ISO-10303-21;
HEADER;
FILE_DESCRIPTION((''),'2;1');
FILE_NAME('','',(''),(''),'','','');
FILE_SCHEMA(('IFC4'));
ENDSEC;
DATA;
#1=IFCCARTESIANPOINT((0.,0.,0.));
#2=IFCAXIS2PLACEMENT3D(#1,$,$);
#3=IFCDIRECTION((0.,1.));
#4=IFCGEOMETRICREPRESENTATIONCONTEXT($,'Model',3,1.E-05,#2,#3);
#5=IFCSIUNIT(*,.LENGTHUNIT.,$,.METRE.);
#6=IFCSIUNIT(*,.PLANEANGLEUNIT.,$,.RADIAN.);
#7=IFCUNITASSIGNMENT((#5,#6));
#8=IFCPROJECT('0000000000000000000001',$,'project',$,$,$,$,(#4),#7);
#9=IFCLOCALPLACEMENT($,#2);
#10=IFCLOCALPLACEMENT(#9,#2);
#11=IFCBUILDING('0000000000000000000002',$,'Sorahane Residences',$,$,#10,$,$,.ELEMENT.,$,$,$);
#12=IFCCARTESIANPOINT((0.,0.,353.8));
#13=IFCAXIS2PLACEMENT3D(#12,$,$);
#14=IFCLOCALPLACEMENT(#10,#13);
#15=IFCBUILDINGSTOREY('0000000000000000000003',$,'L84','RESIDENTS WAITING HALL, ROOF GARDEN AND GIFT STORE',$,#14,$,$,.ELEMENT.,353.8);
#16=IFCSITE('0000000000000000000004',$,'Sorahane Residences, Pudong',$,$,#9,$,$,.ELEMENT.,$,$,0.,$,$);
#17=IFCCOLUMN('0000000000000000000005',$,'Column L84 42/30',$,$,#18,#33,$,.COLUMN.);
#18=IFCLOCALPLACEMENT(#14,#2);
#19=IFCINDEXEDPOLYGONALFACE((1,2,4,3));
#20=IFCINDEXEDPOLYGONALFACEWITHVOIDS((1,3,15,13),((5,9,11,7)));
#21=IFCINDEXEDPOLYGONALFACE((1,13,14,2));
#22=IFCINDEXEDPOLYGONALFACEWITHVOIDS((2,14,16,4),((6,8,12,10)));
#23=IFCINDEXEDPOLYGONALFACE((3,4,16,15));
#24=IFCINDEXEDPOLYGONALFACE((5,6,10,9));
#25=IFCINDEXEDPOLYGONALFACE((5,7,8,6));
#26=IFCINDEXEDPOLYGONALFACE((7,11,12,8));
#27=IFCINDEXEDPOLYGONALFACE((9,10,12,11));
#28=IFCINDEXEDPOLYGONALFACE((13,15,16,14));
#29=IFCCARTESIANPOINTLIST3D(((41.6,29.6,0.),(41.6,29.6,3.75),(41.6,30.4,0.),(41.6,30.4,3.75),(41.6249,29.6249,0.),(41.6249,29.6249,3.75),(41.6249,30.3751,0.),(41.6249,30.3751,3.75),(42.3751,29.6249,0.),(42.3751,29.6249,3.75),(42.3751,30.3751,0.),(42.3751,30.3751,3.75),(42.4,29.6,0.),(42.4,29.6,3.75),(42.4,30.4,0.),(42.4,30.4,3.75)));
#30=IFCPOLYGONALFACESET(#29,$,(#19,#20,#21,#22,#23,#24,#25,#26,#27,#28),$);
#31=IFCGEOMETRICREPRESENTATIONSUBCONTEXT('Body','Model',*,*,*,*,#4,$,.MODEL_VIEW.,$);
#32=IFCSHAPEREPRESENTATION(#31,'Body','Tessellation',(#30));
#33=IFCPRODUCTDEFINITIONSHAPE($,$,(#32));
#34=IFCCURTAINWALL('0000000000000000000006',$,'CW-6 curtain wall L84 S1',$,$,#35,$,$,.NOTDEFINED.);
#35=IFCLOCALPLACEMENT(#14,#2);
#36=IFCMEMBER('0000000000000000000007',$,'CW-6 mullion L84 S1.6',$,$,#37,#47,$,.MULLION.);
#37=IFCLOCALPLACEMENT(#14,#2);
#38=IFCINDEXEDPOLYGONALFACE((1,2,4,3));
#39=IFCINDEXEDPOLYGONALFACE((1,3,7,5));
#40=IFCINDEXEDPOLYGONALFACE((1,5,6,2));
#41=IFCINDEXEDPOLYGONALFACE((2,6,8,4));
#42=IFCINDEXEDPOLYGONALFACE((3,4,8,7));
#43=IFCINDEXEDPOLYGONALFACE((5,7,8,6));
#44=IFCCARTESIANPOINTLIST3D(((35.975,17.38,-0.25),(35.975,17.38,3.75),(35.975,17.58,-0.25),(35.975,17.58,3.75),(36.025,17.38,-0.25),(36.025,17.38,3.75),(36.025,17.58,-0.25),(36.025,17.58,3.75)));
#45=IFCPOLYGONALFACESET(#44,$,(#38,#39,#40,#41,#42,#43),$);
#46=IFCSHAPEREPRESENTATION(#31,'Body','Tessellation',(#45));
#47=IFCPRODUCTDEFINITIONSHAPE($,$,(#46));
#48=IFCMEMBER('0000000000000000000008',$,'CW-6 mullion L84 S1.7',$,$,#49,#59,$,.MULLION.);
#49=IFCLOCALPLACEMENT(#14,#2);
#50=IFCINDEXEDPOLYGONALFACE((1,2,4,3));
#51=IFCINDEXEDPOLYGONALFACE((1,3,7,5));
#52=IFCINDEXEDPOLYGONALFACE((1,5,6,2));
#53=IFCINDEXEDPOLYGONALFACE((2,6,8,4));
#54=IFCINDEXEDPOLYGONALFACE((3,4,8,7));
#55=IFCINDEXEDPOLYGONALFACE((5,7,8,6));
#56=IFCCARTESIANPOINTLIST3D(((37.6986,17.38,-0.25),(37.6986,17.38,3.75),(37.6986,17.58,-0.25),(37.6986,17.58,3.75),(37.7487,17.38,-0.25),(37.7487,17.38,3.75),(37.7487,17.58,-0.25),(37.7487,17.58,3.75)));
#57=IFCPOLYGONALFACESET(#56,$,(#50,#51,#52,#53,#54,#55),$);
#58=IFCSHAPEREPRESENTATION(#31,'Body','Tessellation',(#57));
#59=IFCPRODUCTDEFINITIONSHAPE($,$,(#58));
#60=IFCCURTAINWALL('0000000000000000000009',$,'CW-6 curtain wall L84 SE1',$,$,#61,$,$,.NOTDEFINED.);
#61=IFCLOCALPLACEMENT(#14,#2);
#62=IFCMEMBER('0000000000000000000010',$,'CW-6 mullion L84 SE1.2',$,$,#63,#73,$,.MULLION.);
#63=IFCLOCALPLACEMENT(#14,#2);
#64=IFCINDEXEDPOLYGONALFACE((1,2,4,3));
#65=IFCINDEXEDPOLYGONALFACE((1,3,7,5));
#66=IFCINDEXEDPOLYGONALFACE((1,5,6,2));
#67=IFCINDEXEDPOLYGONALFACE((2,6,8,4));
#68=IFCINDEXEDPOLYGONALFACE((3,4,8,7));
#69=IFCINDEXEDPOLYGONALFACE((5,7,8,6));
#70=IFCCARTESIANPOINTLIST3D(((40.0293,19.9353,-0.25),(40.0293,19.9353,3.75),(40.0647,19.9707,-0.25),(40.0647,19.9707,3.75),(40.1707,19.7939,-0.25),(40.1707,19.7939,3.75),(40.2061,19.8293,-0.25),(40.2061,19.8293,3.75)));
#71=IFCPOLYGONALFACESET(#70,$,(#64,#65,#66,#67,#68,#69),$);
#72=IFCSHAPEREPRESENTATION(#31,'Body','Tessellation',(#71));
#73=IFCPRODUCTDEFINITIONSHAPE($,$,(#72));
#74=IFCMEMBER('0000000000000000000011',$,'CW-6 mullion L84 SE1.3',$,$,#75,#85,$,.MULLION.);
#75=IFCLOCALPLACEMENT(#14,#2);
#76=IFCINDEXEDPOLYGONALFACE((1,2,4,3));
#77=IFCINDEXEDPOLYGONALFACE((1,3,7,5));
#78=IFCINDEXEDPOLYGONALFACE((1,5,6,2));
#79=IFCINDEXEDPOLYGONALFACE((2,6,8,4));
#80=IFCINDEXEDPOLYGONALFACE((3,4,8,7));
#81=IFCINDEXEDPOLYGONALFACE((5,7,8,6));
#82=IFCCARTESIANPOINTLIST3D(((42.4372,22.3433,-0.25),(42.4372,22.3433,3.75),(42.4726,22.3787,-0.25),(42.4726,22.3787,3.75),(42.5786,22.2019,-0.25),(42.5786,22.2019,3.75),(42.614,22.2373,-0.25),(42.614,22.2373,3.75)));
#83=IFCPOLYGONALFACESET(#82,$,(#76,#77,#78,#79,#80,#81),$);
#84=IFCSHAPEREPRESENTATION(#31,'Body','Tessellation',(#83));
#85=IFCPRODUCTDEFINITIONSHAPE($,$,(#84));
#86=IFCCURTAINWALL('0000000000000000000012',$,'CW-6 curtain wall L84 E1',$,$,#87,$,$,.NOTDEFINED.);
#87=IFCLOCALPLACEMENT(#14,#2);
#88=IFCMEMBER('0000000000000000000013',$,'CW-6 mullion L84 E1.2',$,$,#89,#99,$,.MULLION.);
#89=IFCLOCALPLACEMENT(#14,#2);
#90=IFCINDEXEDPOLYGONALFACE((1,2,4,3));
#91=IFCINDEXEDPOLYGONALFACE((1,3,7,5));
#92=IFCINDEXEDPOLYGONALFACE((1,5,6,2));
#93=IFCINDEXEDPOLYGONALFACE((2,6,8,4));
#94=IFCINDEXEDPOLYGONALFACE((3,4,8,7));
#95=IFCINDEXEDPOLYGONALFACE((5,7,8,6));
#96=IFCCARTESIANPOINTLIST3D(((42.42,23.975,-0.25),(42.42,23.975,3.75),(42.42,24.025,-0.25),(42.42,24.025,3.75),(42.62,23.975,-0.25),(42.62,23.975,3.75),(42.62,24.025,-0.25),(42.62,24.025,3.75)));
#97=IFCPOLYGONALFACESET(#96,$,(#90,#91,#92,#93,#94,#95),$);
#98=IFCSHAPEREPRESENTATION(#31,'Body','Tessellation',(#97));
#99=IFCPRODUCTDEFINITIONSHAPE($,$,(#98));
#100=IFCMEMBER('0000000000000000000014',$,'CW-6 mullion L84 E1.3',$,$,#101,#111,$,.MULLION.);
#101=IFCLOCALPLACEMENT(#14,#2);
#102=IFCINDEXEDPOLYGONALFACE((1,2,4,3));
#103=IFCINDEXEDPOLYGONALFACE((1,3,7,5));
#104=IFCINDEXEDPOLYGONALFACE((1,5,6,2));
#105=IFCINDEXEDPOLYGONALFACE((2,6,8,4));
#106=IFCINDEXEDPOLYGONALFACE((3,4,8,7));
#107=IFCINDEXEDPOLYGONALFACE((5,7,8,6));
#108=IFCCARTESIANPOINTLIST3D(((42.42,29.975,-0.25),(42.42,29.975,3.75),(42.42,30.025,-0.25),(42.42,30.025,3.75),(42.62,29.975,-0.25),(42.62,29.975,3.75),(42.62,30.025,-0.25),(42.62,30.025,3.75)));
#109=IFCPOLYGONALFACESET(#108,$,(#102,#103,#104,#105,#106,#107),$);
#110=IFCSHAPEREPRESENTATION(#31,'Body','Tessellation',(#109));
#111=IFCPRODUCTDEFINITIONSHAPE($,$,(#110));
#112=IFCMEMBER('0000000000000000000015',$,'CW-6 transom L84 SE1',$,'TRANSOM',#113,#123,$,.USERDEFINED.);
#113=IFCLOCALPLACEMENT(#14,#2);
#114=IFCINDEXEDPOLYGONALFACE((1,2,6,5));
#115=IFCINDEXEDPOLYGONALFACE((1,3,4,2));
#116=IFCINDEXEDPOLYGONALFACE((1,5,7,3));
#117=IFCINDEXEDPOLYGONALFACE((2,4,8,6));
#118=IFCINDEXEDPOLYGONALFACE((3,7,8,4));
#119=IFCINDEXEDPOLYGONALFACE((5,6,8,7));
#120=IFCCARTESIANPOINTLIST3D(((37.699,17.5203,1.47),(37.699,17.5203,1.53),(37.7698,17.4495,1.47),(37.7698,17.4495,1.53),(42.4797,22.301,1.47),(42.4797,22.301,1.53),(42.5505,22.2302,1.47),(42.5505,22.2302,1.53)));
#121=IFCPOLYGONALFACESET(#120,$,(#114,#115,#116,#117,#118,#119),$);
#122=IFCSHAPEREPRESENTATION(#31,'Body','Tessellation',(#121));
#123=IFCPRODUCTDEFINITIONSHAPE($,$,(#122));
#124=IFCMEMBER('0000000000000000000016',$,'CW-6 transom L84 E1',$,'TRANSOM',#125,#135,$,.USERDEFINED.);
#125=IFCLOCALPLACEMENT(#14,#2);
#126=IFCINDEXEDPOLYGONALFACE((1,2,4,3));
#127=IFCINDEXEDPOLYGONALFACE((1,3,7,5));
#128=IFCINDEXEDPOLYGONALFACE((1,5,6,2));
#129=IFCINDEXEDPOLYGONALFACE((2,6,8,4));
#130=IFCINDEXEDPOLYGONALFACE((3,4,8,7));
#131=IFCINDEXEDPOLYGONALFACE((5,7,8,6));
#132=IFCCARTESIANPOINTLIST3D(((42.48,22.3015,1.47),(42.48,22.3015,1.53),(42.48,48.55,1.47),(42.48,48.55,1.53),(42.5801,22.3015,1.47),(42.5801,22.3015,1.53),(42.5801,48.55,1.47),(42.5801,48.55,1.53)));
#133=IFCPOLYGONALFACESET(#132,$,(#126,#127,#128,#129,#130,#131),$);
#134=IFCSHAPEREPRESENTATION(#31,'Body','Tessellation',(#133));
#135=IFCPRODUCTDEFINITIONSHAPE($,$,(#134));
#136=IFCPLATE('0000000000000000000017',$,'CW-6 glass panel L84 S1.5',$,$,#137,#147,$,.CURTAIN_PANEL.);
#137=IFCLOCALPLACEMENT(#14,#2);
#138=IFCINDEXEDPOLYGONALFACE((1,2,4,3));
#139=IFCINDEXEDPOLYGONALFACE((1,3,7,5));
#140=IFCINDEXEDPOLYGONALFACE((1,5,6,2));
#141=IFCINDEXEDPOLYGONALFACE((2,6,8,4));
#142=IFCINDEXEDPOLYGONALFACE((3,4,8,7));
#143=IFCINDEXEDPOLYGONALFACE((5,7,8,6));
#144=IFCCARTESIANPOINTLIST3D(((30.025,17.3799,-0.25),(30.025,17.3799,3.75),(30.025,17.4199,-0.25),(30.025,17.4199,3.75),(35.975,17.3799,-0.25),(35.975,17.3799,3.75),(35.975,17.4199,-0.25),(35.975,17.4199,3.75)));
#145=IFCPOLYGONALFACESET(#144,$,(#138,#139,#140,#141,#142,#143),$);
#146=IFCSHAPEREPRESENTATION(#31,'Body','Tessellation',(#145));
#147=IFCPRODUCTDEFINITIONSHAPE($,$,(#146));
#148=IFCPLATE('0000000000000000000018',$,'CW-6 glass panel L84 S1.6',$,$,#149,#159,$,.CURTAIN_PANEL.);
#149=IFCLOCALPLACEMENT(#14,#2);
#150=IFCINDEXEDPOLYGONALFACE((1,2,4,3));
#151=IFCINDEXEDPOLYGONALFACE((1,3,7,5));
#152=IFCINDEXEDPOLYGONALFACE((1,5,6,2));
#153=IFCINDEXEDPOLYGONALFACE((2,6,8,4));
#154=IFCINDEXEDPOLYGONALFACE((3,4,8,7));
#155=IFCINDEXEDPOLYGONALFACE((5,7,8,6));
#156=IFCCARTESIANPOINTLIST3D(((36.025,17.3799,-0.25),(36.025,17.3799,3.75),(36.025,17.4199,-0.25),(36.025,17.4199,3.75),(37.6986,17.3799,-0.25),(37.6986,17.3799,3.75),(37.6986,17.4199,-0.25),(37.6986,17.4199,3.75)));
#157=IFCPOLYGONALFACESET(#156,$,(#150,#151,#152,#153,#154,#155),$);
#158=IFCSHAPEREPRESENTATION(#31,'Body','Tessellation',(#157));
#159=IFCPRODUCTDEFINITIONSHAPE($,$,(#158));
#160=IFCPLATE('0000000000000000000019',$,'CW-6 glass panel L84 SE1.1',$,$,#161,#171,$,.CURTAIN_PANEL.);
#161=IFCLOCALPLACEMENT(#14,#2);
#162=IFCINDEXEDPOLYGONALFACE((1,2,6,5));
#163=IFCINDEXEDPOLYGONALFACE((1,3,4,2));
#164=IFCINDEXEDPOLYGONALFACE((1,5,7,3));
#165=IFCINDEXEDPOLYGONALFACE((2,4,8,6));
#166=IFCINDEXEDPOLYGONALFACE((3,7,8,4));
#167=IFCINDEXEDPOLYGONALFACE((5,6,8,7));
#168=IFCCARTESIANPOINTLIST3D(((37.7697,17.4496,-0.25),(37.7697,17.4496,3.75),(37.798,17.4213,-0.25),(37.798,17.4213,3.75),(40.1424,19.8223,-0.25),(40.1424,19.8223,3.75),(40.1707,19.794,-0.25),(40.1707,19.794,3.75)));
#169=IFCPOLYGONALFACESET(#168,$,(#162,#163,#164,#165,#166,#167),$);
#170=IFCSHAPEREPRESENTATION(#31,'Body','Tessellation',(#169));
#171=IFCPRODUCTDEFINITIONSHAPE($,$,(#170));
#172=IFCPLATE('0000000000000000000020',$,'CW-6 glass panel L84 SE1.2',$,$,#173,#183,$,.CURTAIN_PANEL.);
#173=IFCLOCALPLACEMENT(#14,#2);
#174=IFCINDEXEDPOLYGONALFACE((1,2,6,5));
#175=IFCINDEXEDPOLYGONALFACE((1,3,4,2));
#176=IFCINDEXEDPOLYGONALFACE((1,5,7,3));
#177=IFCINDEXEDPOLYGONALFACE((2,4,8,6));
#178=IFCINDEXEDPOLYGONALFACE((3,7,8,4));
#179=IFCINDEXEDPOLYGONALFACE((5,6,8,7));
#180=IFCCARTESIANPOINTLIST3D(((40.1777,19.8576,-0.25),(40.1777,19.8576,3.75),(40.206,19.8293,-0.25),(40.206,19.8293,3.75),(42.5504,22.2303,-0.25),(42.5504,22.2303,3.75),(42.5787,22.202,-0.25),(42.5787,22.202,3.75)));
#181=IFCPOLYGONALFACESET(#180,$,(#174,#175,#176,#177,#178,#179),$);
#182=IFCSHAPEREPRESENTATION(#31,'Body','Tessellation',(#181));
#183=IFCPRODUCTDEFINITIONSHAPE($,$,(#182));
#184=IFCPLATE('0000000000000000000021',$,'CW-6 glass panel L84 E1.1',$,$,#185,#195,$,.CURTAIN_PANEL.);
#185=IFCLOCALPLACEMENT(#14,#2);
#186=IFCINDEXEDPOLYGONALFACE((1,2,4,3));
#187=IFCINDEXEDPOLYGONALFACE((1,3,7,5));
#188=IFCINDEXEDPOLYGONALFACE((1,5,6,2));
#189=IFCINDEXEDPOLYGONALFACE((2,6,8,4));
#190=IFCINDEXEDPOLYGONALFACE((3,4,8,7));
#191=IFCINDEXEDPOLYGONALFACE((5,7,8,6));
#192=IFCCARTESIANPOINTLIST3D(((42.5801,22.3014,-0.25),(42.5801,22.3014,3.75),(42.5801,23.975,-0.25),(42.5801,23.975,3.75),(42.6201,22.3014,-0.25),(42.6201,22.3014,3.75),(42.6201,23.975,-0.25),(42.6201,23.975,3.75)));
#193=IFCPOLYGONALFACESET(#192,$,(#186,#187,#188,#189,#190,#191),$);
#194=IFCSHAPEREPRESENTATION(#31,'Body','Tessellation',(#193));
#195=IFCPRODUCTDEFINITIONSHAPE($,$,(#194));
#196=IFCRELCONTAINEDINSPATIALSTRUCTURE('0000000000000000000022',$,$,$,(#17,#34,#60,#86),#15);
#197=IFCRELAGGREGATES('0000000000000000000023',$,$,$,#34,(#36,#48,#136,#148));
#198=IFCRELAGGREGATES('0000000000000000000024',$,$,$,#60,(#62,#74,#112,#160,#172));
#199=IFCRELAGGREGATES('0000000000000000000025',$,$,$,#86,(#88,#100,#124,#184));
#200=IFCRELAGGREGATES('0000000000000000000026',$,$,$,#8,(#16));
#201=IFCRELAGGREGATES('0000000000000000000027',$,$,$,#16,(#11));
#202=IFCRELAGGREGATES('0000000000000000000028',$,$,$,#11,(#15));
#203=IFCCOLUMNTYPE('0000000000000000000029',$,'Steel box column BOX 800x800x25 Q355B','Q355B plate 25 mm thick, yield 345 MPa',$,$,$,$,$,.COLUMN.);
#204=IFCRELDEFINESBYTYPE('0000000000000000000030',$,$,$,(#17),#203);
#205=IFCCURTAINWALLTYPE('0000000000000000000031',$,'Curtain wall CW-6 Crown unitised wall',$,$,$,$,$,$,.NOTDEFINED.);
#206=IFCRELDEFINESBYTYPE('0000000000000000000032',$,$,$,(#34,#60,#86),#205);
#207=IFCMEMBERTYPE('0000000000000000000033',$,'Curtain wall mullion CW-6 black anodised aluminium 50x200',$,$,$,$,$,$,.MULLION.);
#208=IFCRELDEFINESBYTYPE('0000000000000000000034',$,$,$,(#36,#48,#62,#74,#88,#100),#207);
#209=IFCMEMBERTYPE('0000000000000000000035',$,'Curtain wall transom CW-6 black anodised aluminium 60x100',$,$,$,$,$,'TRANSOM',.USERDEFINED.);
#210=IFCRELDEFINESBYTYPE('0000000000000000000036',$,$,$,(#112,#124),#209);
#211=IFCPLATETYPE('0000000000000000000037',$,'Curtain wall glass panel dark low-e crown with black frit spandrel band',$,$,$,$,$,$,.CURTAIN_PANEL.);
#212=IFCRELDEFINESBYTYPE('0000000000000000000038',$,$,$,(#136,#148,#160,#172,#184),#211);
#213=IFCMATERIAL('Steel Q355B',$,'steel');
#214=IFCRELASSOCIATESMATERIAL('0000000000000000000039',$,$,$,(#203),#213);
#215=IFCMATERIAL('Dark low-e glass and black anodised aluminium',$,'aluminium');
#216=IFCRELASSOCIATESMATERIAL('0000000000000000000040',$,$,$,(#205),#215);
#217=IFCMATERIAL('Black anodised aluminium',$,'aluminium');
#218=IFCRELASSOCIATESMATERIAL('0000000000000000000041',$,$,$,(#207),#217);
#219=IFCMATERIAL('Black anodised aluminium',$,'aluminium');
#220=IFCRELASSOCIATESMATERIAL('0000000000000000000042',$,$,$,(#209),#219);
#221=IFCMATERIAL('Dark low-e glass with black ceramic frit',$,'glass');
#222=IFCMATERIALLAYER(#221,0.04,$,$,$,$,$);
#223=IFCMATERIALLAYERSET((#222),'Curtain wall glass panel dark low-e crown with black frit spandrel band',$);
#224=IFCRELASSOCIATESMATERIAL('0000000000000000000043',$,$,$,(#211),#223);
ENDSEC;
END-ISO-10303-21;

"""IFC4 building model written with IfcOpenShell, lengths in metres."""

from ifc_helpers import new_model, si_unit, direction, frame, origin, origin_2d, place, context, subcontext, project, spatial, rectangle, hollow_rectangle, extrude, material, layer, layer_set, material_profile, profile_set, type_object, element, aggregate, save


model = new_model("IFC4")

# Units and contexts
model_context = context("Model", 3, precision=1e-05, world=origin(), true_north=direction((0.0, 1.0)))
body_context = subcontext(model_context, "Body", "Model", "MODEL_VIEW")
ifc_project = project(units=[si_unit("LENGTHUNIT", "METRE"), si_unit("PLANEANGLEUNIT", "RADIAN")], contexts=[model_context])

# Site, building, storey
site_placement = place(None, origin())
site = spatial("IfcSite", under=ifc_project, at=site_placement, Name="Sorahane Residences, Pudong", CompositionType="ELEMENT", RefElevation=0.0)
building_placement = place(site_placement, origin())
building = spatial("IfcBuilding", under=site, at=building_placement, Name="Sorahane Residences", CompositionType="ELEMENT")
storey_placement = place(building_placement, frame((0.0, 0.0, 353.8)))
storey = spatial("IfcBuildingStorey", under=building, at=storey_placement, Name="L84", Description="RESIDENTS WAITING HALL, ROOF GARDEN AND GIFT STORE", CompositionType="ELEMENT", Elevation=353.8)

# Column
ifc_material_1 = material(Name="Steel Q355B", Category="steel")
ifc_material_profile_1 = material_profile(ifc_material_1, hollow_rectangle(XDim=0.8, YDim=0.8, WallThickness=0.0249, at=origin_2d()), Name="BOX 800x800x25")
ifc_profile_set_1 = profile_set([ifc_material_profile_1], Name="Steel Q355B")
column_type = type_object("IfcColumnType", Name="Steel box column BOX 800x800x25 Q355B", Description="Q355B plate 25 mm thick, yield 345 MPa", PredefinedType="COLUMN", material=ifc_profile_set_1)
column_placement = place(storey_placement, frame((42.0, 30.0, 0.0), z_axis=(0.0, 0.0, 1.0), x_axis=(1.0, 0.0, 0.0)))
element("IfcColumn", 1, at=column_placement, inside=storey, type_object=column_type, Name="Column L84 42/30", PredefinedType="COLUMN", context=body_context, shape_type="SweptSolid", body=[
    extrude(hollow_rectangle(XDim=0.8, YDim=0.8, WallThickness=0.0249, at=origin_2d()), origin(), (0.0, 0.0, 1.0), 3.75),
])

# Curtain walls, members
ifc_material_2 = material(Name="Dark low-e glass and black anodised aluminium", Category="aluminium")
curtain_wall_type = type_object("IfcCurtainWallType", Name="Curtain wall CW-6 Crown unitised wall", PredefinedType="NOTDEFINED", material=ifc_material_2)
curtain_wall_1_placement = place(storey_placement, origin())
curtain_wall_1 = element("IfcCurtainWall", 2, at=curtain_wall_1_placement, inside=storey, type_object=curtain_wall_type, Name="CW-6 curtain wall L84 S1", PredefinedType="NOTDEFINED")
ifc_material_3 = material(Name="Black anodised aluminium", Category="aluminium")
ifc_material_profile_2 = material_profile(ifc_material_3, rectangle(XDim=0.2, YDim=0.05, at=origin_2d()), Name="Curtain wall mullion CW-6 black anodised aluminium 50x200")
ifc_profile_set_2 = profile_set([ifc_material_profile_2], Name="Black anodised aluminium")
member_type_1 = type_object("IfcMemberType", Name="Curtain wall mullion CW-6 black anodised aluminium 50x200", PredefinedType="MULLION", material=ifc_profile_set_2)
member_1_placement = place(storey_placement, frame((36.0, 17.48, -0.25), z_axis=(0.0, 0.0, 1.0), x_axis=(0.0, -1.0, 0.0)))
member_1 = element("IfcMember", 3, at=member_1_placement, type_object=member_type_1, Name="CW-6 mullion L84 S1.6", PredefinedType="MULLION", context=body_context, shape_type="SweptSolid", body=[
    extrude(rectangle(XDim=0.2, YDim=0.05, at=origin_2d()), origin(), (0.0, 0.0, 1.0), 4.0),
])
member_2_placement = place(storey_placement, frame((37.7236, 17.48, -0.25), z_axis=(0.0, 0.0, 1.0), x_axis=(0.0, -1.0, 0.0)))
member_2 = element("IfcMember", 4, at=member_2_placement, type_object=member_type_1, Name="CW-6 mullion L84 S1.7", PredefinedType="MULLION", context=body_context, shape_type="SweptSolid", body=[
    extrude(rectangle(XDim=0.2, YDim=0.05, at=origin_2d()), origin(), (0.0, 0.0, 1.0), 4.0),
])
curtain_wall_2_placement = place(storey_placement, origin())
curtain_wall_2 = element("IfcCurtainWall", 5, at=curtain_wall_2_placement, inside=storey, type_object=curtain_wall_type, Name="CW-6 curtain wall L84 SE1", PredefinedType="NOTDEFINED")
member_3_placement = place(storey_placement, frame((40.1177, 19.8823, -0.25), z_axis=(0.0, 0.0, 1.0), x_axis=(0.707107, -0.707107, 0.0)))
member_3 = element("IfcMember", 6, at=member_3_placement, type_object=member_type_1, Name="CW-6 mullion L84 SE1.2", PredefinedType="MULLION", context=body_context, shape_type="SweptSolid", body=[
    extrude(rectangle(XDim=0.2, YDim=0.05, at=origin_2d()), origin(), (0.0, 0.0, 1.0), 4.0),
])
member_4_placement = place(storey_placement, frame((42.5256, 22.2903, -0.25), z_axis=(0.0, 0.0, 1.0), x_axis=(0.707107, -0.707107, 0.0)))
member_4 = element("IfcMember", 7, at=member_4_placement, type_object=member_type_1, Name="CW-6 mullion L84 SE1.3", PredefinedType="MULLION", context=body_context, shape_type="SweptSolid", body=[
    extrude(rectangle(XDim=0.2, YDim=0.05, at=origin_2d()), origin(), (0.0, 0.0, 1.0), 4.0),
])
curtain_wall_3_placement = place(storey_placement, origin())
curtain_wall_3 = element("IfcCurtainWall", 8, at=curtain_wall_3_placement, inside=storey, type_object=curtain_wall_type, Name="CW-6 curtain wall L84 E1", PredefinedType="NOTDEFINED")
member_5_placement = place(storey_placement, frame((42.52, 24.0, -0.25), z_axis=(0.0, 0.0, 1.0), x_axis=(1.0, 0.0, 0.0)))
member_5 = element("IfcMember", 9, at=member_5_placement, type_object=member_type_1, Name="CW-6 mullion L84 E1.2", PredefinedType="MULLION", context=body_context, shape_type="SweptSolid", body=[
    extrude(rectangle(XDim=0.2, YDim=0.05, at=origin_2d()), origin(), (0.0, 0.0, 1.0), 4.0),
])
member_6_placement = place(storey_placement, frame((42.52, 30.0, -0.25), z_axis=(0.0, 0.0, 1.0), x_axis=(1.0, 0.0, 0.0)))
member_6 = element("IfcMember", 10, at=member_6_placement, type_object=member_type_1, Name="CW-6 mullion L84 E1.3", PredefinedType="MULLION", context=body_context, shape_type="SweptSolid", body=[
    extrude(rectangle(XDim=0.2, YDim=0.05, at=origin_2d()), origin(), (0.0, 0.0, 1.0), 4.0),
])

# Members
ifc_material_4 = material(Name="Black anodised aluminium", Category="aluminium")
ifc_material_profile_3 = material_profile(ifc_material_4, rectangle(XDim=0.1001, YDim=0.0601, at=origin_2d()), Name="Curtain wall transom CW-6 black anodised aluminium 60x100")
ifc_profile_set_3 = profile_set([ifc_material_profile_3], Name="Black anodised aluminium")
member_type_2 = type_object("IfcMemberType", Name="Curtain wall transom CW-6 black anodised aluminium 60x100", ElementType="TRANSOM", PredefinedType="USERDEFINED", material=ifc_profile_set_3)
member_7_placement = place(storey_placement, frame((37.7344, 17.4849, 1.5), z_axis=(0.707107, 0.707107, 0.0), x_axis=(-0.707107, 0.707107, 0.0)))
member_7 = element("IfcMember", 11, at=member_7_placement, type_object=member_type_2, Name="CW-6 transom L84 SE1", ObjectType="TRANSOM", PredefinedType="USERDEFINED", context=body_context, shape_type="SweptSolid", body=[
    extrude(rectangle(XDim=0.1001, YDim=0.0601, at=origin_2d()), origin(), (0.0, 0.0, 1.0), 6.761),
])
member_8_placement = place(storey_placement, frame((42.53, 22.3015, 1.5), z_axis=(0.0, 1.0, 0.0), x_axis=(-1.0, 0.0, 0.0)))
member_8 = element("IfcMember", 12, at=member_8_placement, type_object=member_type_2, Name="CW-6 transom L84 E1", ObjectType="TRANSOM", PredefinedType="USERDEFINED", context=body_context, shape_type="SweptSolid", body=[
    extrude(rectangle(XDim=0.1001, YDim=0.0601, at=origin_2d()), origin(), (0.0, 0.0, 1.0), 26.2485),
])

# Plates
ifc_material_5 = material(Name="Dark low-e glass with black ceramic frit", Category="glass")
ifc_layer_1 = layer(ifc_material_5, 0.04)
ifc_layer_set_1 = layer_set([ifc_layer_1], Name="Curtain wall glass panel dark low-e crown with black frit spandrel band")
plate_type = type_object("IfcPlateType", Name="Curtain wall glass panel dark low-e crown with black frit spandrel band", PredefinedType="CURTAIN_PANEL", material=ifc_layer_set_1)
plate_1_placement = place(storey_placement, frame((33.0, 17.3999, -0.25), z_axis=(0.0, 0.0, 1.0), x_axis=(1.0, 0.0, 0.0)))
plate_1 = element("IfcPlate", 13, at=plate_1_placement, type_object=plate_type, Name="CW-6 glass panel L84 S1.5", PredefinedType="CURTAIN_PANEL", context=body_context, shape_type="SweptSolid", body=[
    extrude(rectangle(XDim=5.95, YDim=0.04, at=origin_2d()), origin(), (0.0, 0.0, 1.0), 4.0),
])
plate_2_placement = place(storey_placement, frame((36.8618, 17.3999, -0.25), z_axis=(0.0, 0.0, 1.0), x_axis=(1.0, 0.0, 0.0)))
plate_2 = element("IfcPlate", 14, at=plate_2_placement, type_object=plate_type, Name="CW-6 glass panel L84 S1.6", PredefinedType="CURTAIN_PANEL", context=body_context, shape_type="SweptSolid", body=[
    extrude(rectangle(XDim=1.6736, YDim=0.04, at=origin_2d()), origin(), (0.0, 0.0, 1.0), 4.0),
])
aggregate(curtain_wall_1, [member_1, member_2, plate_1, plate_2])
plate_3_placement = place(storey_placement, frame((38.9702, 18.6218, -0.25), z_axis=(0.0, 0.0, 1.0), x_axis=(0.707107, 0.707107, 0.0)))
plate_3 = element("IfcPlate", 15, at=plate_3_placement, type_object=plate_type, Name="CW-6 glass panel L84 SE1.1", PredefinedType="CURTAIN_PANEL", context=body_context, shape_type="SweptSolid", body=[
    extrude(rectangle(XDim=3.3555, YDim=0.04, at=origin_2d()), origin(), (0.0, 0.0, 1.0), 4.0),
])
plate_4_placement = place(storey_placement, frame((41.3782, 21.0298, -0.25), z_axis=(0.0, 0.0, 1.0), x_axis=(0.707107, 0.707107, 0.0)))
plate_4 = element("IfcPlate", 16, at=plate_4_placement, type_object=plate_type, Name="CW-6 glass panel L84 SE1.2", PredefinedType="CURTAIN_PANEL", context=body_context, shape_type="SweptSolid", body=[
    extrude(rectangle(XDim=3.3555, YDim=0.04, at=origin_2d()), origin(), (0.0, 0.0, 1.0), 4.0),
])
aggregate(curtain_wall_2, [member_3, member_4, member_7, plate_3, plate_4])
plate_5_placement = place(storey_placement, frame((42.6001, 23.1382, -0.25), z_axis=(0.0, 0.0, 1.0), x_axis=(0.0, 1.0, 0.0)))
plate_5 = element("IfcPlate", 17, at=plate_5_placement, type_object=plate_type, Name="CW-6 glass panel L84 E1.1", PredefinedType="CURTAIN_PANEL", context=body_context, shape_type="SweptSolid", body=[
    extrude(rectangle(XDim=1.6736, YDim=0.04, at=origin_2d()), origin(), (0.0, 0.0, 1.0), 4.0),
])
aggregate(curtain_wall_3, [member_5, member_6, member_8, plate_5])

save(model, "model.ifc")
